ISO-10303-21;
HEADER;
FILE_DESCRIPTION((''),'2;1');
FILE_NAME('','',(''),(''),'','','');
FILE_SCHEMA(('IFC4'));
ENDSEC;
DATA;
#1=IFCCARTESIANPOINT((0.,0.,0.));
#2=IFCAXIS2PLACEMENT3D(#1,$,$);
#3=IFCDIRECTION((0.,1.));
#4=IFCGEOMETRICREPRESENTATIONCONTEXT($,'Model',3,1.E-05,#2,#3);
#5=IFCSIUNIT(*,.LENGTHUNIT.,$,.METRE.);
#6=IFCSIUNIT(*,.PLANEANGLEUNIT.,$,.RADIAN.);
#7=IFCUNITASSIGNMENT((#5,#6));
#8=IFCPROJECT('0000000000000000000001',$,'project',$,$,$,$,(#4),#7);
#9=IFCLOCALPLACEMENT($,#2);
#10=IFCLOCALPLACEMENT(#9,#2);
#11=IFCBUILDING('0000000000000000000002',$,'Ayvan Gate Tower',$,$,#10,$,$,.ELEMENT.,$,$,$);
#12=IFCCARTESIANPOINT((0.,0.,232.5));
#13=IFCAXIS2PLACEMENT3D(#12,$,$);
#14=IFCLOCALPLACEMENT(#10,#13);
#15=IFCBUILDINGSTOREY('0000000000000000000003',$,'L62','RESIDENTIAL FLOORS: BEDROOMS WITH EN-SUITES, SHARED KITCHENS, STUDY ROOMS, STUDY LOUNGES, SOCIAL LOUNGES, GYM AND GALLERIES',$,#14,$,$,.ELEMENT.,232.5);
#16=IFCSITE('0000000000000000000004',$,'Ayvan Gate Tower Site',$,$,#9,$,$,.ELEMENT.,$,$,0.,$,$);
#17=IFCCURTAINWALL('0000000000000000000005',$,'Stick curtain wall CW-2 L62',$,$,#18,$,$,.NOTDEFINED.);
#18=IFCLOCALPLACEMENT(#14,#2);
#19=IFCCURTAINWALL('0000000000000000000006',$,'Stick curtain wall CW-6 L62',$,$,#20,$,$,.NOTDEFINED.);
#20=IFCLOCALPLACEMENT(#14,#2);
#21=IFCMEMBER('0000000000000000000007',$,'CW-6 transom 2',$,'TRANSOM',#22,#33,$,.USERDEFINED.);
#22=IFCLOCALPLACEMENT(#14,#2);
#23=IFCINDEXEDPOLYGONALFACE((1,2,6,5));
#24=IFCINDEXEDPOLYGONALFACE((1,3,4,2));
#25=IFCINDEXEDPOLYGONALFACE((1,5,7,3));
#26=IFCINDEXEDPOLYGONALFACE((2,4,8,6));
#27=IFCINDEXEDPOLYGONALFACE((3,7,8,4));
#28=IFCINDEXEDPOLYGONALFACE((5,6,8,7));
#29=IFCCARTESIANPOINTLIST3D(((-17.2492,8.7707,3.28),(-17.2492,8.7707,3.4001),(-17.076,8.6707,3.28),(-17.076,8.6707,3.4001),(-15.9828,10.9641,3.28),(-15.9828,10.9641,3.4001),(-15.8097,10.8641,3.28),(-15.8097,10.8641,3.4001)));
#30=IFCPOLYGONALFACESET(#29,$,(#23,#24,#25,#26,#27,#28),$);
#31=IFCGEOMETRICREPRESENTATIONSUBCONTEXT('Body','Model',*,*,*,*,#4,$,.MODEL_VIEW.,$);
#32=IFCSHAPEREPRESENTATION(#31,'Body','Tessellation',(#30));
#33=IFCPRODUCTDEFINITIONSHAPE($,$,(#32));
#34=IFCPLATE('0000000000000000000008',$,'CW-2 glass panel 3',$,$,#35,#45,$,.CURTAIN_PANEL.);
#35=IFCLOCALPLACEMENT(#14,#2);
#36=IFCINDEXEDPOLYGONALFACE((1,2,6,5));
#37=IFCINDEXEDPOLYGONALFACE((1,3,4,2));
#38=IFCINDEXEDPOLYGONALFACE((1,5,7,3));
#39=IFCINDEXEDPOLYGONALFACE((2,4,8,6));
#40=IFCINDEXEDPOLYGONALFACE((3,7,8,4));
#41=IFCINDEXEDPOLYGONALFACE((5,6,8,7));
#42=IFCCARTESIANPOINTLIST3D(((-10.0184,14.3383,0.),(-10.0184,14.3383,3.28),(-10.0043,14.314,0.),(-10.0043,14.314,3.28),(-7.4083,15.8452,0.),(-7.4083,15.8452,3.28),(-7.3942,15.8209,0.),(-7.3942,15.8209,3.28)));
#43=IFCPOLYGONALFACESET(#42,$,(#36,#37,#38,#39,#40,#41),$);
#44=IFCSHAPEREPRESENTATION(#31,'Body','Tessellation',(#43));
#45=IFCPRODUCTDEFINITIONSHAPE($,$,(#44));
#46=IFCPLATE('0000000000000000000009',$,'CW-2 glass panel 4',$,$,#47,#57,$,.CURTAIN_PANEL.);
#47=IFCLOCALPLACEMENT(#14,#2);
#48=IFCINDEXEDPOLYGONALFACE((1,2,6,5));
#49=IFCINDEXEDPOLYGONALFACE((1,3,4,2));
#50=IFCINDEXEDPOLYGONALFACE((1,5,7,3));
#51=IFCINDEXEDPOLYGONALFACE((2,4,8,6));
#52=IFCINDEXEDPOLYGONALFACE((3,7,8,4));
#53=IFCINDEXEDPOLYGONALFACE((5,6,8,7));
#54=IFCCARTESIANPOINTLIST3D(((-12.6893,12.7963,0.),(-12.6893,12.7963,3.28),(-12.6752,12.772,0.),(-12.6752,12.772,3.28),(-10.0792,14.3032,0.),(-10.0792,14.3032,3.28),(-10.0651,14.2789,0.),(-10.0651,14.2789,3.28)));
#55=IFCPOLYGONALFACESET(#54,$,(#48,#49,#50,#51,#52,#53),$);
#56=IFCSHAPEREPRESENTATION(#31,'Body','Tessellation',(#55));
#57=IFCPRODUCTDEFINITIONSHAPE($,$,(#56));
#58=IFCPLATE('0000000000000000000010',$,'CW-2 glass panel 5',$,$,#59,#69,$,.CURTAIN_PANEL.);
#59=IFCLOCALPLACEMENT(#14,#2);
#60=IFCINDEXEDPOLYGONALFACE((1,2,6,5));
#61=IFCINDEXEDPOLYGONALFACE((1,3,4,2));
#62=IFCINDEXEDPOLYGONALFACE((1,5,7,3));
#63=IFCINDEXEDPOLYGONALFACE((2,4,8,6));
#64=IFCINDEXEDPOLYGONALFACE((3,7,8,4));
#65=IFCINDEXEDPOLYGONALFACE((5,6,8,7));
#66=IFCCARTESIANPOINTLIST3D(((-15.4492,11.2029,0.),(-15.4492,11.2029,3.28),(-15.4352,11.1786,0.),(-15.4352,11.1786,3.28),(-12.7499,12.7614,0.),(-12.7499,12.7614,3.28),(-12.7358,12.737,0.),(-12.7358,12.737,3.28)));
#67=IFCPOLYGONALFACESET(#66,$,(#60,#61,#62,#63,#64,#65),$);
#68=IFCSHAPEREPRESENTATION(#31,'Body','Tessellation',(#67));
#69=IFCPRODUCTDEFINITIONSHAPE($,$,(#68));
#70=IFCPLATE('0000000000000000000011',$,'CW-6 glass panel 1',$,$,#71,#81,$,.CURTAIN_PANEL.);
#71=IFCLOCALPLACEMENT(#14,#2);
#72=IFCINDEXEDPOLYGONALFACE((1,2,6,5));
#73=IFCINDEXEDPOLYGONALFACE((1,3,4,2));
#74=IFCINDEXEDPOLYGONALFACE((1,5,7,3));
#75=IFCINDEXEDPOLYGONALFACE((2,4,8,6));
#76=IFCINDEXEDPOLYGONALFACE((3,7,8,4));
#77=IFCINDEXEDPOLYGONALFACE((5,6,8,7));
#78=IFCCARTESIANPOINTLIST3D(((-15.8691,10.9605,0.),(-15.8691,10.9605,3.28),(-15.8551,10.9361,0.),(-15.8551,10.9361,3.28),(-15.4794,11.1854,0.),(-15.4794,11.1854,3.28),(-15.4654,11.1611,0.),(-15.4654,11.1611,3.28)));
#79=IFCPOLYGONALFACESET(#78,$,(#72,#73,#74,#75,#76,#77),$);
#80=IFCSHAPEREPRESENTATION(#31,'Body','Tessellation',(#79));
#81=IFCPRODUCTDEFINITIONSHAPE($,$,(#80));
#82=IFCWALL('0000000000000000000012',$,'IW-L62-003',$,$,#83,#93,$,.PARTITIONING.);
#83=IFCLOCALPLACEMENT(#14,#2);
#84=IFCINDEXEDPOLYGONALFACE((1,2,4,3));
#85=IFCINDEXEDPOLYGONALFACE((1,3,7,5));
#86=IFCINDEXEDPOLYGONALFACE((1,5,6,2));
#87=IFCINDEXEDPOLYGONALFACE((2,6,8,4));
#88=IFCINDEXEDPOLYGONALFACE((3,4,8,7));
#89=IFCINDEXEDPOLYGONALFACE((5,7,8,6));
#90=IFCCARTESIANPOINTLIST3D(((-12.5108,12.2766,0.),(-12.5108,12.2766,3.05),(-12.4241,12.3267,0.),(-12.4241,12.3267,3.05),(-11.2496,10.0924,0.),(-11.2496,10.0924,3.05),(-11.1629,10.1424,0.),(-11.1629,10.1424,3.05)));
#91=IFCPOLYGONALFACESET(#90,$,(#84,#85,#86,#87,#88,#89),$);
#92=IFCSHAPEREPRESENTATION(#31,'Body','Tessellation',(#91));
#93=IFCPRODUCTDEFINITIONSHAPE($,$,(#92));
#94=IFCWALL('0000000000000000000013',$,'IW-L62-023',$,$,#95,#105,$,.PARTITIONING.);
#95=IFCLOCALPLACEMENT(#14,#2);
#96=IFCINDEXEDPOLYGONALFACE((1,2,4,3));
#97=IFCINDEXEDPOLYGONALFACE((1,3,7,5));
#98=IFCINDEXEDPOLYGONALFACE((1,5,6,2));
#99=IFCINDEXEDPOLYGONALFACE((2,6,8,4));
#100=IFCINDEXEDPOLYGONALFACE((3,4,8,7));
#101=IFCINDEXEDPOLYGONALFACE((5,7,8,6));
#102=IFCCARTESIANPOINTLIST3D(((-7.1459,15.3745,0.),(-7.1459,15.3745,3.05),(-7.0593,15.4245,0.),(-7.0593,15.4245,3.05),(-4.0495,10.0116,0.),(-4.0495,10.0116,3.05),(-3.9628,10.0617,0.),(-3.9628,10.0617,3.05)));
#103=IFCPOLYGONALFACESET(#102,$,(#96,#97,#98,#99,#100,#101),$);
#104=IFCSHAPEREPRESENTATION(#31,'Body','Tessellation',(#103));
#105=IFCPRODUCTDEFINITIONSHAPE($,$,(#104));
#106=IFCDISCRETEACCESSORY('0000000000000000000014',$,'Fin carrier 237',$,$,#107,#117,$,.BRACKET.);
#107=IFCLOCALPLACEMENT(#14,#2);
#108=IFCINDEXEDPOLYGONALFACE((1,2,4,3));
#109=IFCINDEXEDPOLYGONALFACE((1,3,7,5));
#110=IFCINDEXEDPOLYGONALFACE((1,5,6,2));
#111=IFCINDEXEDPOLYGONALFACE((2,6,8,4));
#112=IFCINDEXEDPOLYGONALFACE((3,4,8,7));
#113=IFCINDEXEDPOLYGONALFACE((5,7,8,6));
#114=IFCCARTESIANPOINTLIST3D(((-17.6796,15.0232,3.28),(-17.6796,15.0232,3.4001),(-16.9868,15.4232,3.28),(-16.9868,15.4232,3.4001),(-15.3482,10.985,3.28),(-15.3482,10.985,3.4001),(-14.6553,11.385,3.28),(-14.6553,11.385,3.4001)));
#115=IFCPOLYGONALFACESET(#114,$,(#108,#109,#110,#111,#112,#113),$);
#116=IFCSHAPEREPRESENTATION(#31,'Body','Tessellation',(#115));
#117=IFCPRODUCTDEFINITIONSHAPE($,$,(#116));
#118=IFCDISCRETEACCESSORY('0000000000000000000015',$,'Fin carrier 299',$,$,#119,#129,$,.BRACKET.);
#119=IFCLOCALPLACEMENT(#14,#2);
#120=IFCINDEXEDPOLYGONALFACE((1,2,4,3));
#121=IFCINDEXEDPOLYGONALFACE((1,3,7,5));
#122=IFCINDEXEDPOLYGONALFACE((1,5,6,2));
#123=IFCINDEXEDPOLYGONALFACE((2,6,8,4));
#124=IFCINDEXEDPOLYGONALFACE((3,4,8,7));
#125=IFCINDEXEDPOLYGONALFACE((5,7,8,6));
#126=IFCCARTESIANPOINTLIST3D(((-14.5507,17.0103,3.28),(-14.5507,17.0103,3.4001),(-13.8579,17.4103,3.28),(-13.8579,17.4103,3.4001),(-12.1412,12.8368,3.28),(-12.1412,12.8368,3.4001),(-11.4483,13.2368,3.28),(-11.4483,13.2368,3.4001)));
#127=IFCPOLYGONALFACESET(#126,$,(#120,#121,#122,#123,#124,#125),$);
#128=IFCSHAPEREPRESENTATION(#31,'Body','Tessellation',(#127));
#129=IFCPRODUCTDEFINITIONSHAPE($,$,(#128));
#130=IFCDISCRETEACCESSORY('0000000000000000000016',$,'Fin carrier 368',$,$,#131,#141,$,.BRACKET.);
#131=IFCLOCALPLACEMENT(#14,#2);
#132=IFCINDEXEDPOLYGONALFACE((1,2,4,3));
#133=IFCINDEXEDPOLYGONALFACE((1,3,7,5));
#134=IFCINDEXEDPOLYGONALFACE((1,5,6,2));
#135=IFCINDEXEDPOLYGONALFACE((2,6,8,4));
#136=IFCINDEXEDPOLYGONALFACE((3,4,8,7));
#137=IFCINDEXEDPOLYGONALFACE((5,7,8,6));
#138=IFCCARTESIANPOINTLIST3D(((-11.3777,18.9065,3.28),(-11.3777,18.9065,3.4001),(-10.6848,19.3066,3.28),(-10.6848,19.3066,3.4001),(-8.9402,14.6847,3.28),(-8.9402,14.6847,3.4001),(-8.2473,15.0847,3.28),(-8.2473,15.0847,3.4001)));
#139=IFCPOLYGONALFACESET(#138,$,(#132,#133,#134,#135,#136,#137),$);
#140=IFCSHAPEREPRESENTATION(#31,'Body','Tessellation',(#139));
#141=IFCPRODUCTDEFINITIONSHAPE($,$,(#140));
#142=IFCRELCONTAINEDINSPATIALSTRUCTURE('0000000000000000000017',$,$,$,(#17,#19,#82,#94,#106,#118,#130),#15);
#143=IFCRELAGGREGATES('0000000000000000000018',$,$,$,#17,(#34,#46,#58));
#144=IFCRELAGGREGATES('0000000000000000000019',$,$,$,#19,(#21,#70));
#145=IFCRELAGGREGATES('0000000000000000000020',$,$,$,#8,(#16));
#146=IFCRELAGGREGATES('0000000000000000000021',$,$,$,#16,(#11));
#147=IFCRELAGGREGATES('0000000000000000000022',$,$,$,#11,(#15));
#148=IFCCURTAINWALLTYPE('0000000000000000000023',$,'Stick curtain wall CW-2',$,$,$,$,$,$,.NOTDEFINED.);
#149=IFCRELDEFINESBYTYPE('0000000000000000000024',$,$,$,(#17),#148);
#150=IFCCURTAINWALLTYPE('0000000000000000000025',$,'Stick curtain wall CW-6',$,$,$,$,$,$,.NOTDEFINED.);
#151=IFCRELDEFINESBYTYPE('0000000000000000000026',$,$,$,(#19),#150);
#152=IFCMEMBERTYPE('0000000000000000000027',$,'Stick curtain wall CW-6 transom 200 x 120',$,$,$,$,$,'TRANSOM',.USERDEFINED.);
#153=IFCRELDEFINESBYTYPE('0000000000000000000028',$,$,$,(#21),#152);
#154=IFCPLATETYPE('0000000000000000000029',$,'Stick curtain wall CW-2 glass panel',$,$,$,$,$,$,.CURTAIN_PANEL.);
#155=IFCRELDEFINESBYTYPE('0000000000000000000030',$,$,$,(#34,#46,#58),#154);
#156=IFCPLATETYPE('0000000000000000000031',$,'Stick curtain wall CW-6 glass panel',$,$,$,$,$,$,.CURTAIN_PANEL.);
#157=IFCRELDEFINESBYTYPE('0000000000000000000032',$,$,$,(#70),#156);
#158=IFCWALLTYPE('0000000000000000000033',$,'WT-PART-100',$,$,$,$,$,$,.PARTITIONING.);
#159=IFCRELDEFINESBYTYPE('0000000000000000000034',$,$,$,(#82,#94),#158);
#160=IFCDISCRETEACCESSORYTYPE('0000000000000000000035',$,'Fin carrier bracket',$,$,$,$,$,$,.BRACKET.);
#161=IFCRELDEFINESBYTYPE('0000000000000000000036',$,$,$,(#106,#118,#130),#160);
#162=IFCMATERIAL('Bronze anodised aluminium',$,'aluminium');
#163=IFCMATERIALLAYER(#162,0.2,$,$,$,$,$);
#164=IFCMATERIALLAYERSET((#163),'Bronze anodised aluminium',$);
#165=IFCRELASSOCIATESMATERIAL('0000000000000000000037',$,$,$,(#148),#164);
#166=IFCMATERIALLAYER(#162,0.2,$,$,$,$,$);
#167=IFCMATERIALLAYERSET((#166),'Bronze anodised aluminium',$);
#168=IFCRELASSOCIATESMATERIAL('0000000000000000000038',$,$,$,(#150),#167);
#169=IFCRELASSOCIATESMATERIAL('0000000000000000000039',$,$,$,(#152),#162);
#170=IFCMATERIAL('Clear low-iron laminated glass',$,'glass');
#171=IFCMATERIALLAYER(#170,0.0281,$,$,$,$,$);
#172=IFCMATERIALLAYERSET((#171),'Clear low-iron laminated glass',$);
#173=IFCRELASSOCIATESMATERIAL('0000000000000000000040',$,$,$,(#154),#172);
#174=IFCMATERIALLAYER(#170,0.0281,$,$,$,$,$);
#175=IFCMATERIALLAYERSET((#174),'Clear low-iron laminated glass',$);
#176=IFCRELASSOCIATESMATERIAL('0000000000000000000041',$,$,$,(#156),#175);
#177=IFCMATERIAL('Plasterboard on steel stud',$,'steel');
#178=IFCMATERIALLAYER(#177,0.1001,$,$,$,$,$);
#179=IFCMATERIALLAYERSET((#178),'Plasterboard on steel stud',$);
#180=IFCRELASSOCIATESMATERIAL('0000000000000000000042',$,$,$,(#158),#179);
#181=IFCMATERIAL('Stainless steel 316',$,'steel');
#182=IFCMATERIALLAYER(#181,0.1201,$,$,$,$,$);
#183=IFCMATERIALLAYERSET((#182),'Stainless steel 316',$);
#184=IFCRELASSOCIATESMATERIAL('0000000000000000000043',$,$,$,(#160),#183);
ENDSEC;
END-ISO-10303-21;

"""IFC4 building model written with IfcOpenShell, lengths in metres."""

from ifc_helpers import new_model, si_unit, direction, frame, frame_2d, origin, origin_2d, place, context, subcontext, project, spatial, rectangle, extrude, material, layer, layer_set, material_profile, profile_set, type_object, element, aggregate, save


model = new_model("IFC4")

# Units and contexts
model_context = context("Model", 3, precision=1e-05, world=origin(), true_north=direction((0.0, 1.0)))
body_context = subcontext(model_context, "Body", "Model", "MODEL_VIEW")
ifc_project = project(units=[si_unit("LENGTHUNIT", "METRE"), si_unit("PLANEANGLEUNIT", "RADIAN")], contexts=[model_context])

# Site, building, storey
site_placement = place(None, origin())
site = spatial("IfcSite", under=ifc_project, at=site_placement, Name="Ayvan Gate Tower Site", CompositionType="ELEMENT", RefElevation=0.0)
building_placement = place(site_placement, origin())
building = spatial("IfcBuilding", under=site, at=building_placement, Name="Ayvan Gate Tower", CompositionType="ELEMENT")
storey_placement = place(building_placement, frame((0.0, 0.0, 232.5)))
storey = spatial("IfcBuildingStorey", under=building, at=storey_placement, Name="L62", Description="RESIDENTIAL FLOORS: BEDROOMS WITH EN-SUITES, SHARED KITCHENS, STUDY ROOMS, STUDY LOUNGES, SOCIAL LOUNGES, GYM AND GALLERIES", CompositionType="ELEMENT", Elevation=232.5)

# Curtain walls, member
ifc_material_1 = material(Name="Bronze anodised aluminium", Category="aluminium")
ifc_layer_1 = layer(ifc_material_1, 0.2)
ifc_layer_set_1 = layer_set([ifc_layer_1], Name="Bronze anodised aluminium")
curtain_wall_type_1 = type_object("IfcCurtainWallType", Name="Stick curtain wall CW-2", PredefinedType="NOTDEFINED", material=ifc_layer_set_1)
curtain_wall_1_placement = place(storey_placement, origin())
curtain_wall_1 = element("IfcCurtainWall", 1, at=curtain_wall_1_placement, inside=storey, type_object=curtain_wall_type_1, Name="Stick curtain wall CW-2 L62", PredefinedType="NOTDEFINED")
ifc_layer_2 = layer(ifc_material_1, 0.2)
ifc_layer_set_2 = layer_set([ifc_layer_2], Name="Bronze anodised aluminium")
curtain_wall_type_2 = type_object("IfcCurtainWallType", Name="Stick curtain wall CW-6", PredefinedType="NOTDEFINED", material=ifc_layer_set_2)
curtain_wall_2_placement = place(storey_placement, origin())
curtain_wall_2 = element("IfcCurtainWall", 2, at=curtain_wall_2_placement, inside=storey, type_object=curtain_wall_type_2, Name="Stick curtain wall CW-6 L62", PredefinedType="NOTDEFINED")
ifc_material_profile_1 = material_profile(ifc_material_1, rectangle(XDim=0.2, YDim=0.1201, at=origin_2d()), Name="Stick curtain wall CW-6 transom 200 x 120")
ifc_profile_set_1 = profile_set([ifc_material_profile_1], Name="Bronze anodised aluminium")
member_type_1 = type_object("IfcMemberType", Name="Stick curtain wall CW-6 transom 200 x 120", ElementType="TRANSOM", PredefinedType="USERDEFINED", material=ifc_profile_set_1)
member_1_placement = place(storey_placement, frame((-15.8962, 10.9141, 3.3401), z_axis=(-0.500006, -0.866022, 0.0), x_axis=(0.866022, -0.500006, 0.0)))
member_1 = element("IfcMember", 3, at=member_1_placement, type_object=member_type_1, Name="CW-6 transom 2", ObjectType="TRANSOM", PredefinedType="USERDEFINED", context=body_context, shape_type="SweptSolid", body=[
    extrude(rectangle(XDim=0.2, YDim=0.1201, at=origin_2d()), origin(), (0.0, 0.0, 1.0), 2.5327),
])

# Plates
ifc_material_2 = material(Name="Clear low-iron laminated glass", Category="glass")
ifc_layer_3 = layer(ifc_material_2, 0.0281)
ifc_layer_set_3 = layer_set([ifc_layer_3], Name="Clear low-iron laminated glass")
plate_type_1 = type_object("IfcPlateType", Name="Stick curtain wall CW-2 glass panel", PredefinedType="CURTAIN_PANEL", material=ifc_layer_set_3)
plate_1_placement = place(storey_placement, frame((-8.7063, 15.0796, 0.0), z_axis=(0.0, 0.0, 1.0), x_axis=(-0.866025, -0.5, 0.0)))
plate_1 = element("IfcPlate", 4, at=plate_1_placement, type_object=plate_type_1, Name="CW-2 glass panel 3", PredefinedType="CURTAIN_PANEL", context=body_context, shape_type="SweptSolid", body=[
    extrude(rectangle(XDim=3.0139, YDim=0.0281, at=origin_2d()), origin(), (0.0, 0.0, 1.0), 3.28),
])
plate_2_placement = place(storey_placement, frame((-11.3772, 13.5376, 0.0), z_axis=(0.0, 0.0, 1.0), x_axis=(-0.866025, -0.5, 0.0)))
plate_2 = element("IfcPlate", 5, at=plate_2_placement, type_object=plate_type_1, Name="CW-2 glass panel 4", PredefinedType="CURTAIN_PANEL", context=body_context, shape_type="SweptSolid", body=[
    extrude(rectangle(XDim=3.0139, YDim=0.0281, at=origin_2d()), origin(), (0.0, 0.0, 1.0), 3.28),
])
plate_3_placement = place(storey_placement, frame((-14.0925, 11.97, 0.0), z_axis=(0.0, 0.0, 1.0), x_axis=(-0.866025, -0.5, 0.0)))
plate_3 = element("IfcPlate", 6, at=plate_3_placement, type_object=plate_type_1, Name="CW-2 glass panel 5", PredefinedType="CURTAIN_PANEL", context=body_context, shape_type="SweptSolid", body=[
    extrude(rectangle(XDim=3.1169, YDim=0.0281, at=origin_2d()), origin(), (0.0, 0.0, 1.0), 3.28),
])
aggregate(curtain_wall_1, [plate_1, plate_2, plate_3])
ifc_layer_4 = layer(ifc_material_2, 0.0281)
ifc_layer_set_4 = layer_set([ifc_layer_4], Name="Clear low-iron laminated glass")
plate_type_2 = type_object("IfcPlateType", Name="Stick curtain wall CW-6 glass panel", PredefinedType="CURTAIN_PANEL", material=ifc_layer_set_4)
plate_4_placement = place(storey_placement, frame((-15.6672, 11.0608, 0.0), z_axis=(0.0, 0.0, 1.0), x_axis=(-0.866025, -0.5, 0.0)))
plate_4 = element("IfcPlate", 7, at=plate_4_placement, type_object=plate_type_2, Name="CW-6 glass panel 1", PredefinedType="CURTAIN_PANEL", context=body_context, shape_type="SweptSolid", body=[
    extrude(rectangle(XDim=0.45, YDim=0.0281, at=origin_2d()), origin(), (0.0, 0.0, 1.0), 3.28),
])
aggregate(curtain_wall_2, [member_1, plate_4])

# Walls
ifc_material_3 = material(Name="Plasterboard on steel stud", Category="steel")
ifc_layer_5 = layer(ifc_material_3, 0.1001)
ifc_layer_set_5 = layer_set([ifc_layer_5], Name="Plasterboard on steel stud")
wall_type = type_object("IfcWallType", Name="WT-PART-100", PredefinedType="PARTITIONING", material=ifc_layer_set_5)
wall_1_placement = place(storey_placement, frame((-12.4675, 12.3018, 0.0), z_axis=(0.0, 0.0, 1.0), x_axis=(0.500032, -0.866007, 0.0)))
element("IfcWall", 8, at=wall_1_placement, inside=storey, type_object=wall_type, Name="IW-L62-003", PredefinedType="PARTITIONING", context=body_context, shape_type="SweptSolid", body=[
    extrude(rectangle(XDim=2.5222, YDim=0.1001, at=frame_2d((1.2612, 0.0))), origin(), (0.0, 0.0, 1.0), 3.05),
])
wall_2_placement = place(storey_placement, frame((-7.1025, 15.3994, 0.0), z_axis=(0.0, 0.0, 1.0), x_axis=(0.500027, -0.86601, 0.0)))
element("IfcWall", 9, at=wall_2_placement, inside=storey, type_object=wall_type, Name="IW-L62-023", PredefinedType="PARTITIONING", context=body_context, shape_type="SweptSolid", body=[
    extrude(rectangle(XDim=6.1926, YDim=0.1001, at=frame_2d((3.0962, 0.0))), origin(), (0.0, 0.0, 1.0), 3.05),
])

# Discrete accessories
ifc_material_4 = material(Name="Stainless steel 316", Category="steel")
ifc_layer_6 = layer(ifc_material_4, 0.1201)
ifc_layer_set_6 = layer_set([ifc_layer_6], Name="Stainless steel 316")
discrete_accessory_type = type_object("IfcDiscreteAccessoryType", Name="Fin carrier bracket", PredefinedType="BRACKET", material=ifc_layer_set_6)
discrete_accessory_1_placement = place(storey_placement, frame((-16.1675, 13.2041, 3.28), z_axis=(0.0, 0.0, 1.0), x_axis=(-0.866025, -0.5, 0.0)))
element("IfcDiscreteAccessory", 10, at=discrete_accessory_1_placement, inside=storey, type_object=discrete_accessory_type, Name="Fin carrier 237", PredefinedType="BRACKET", context=body_context, shape_type="SweptSolid", body=[
    extrude(rectangle(XDim=0.8, YDim=4.6628, at=origin_2d()), origin(), (0.0, 0.0, 1.0), 0.1201),
])
discrete_accessory_2_placement = place(storey_placement, frame((-12.9995, 15.1235, 3.28), z_axis=(0.0, 0.0, 1.0), x_axis=(-0.866025, -0.5, 0.0)))
element("IfcDiscreteAccessory", 11, at=discrete_accessory_2_placement, inside=storey, type_object=discrete_accessory_type, Name="Fin carrier 299", PredefinedType="BRACKET", context=body_context, shape_type="SweptSolid", body=[
    extrude(rectangle(XDim=0.8, YDim=4.8191, at=origin_2d()), origin(), (0.0, 0.0, 1.0), 0.1201),
])
discrete_accessory_3_placement = place(storey_placement, frame((-9.8125, 16.9956, 3.28), z_axis=(0.0, 0.0, 1.0), x_axis=(-0.866025, -0.5, 0.0)))
element("IfcDiscreteAccessory", 12, at=discrete_accessory_3_placement, inside=storey, type_object=discrete_accessory_type, Name="Fin carrier 368", PredefinedType="BRACKET", context=body_context, shape_type="SweptSolid", body=[
    extrude(rectangle(XDim=0.8, YDim=4.875, at=origin_2d()), origin(), (0.0, 0.0, 1.0), 0.1201),
])

save(model, "model.ifc")
